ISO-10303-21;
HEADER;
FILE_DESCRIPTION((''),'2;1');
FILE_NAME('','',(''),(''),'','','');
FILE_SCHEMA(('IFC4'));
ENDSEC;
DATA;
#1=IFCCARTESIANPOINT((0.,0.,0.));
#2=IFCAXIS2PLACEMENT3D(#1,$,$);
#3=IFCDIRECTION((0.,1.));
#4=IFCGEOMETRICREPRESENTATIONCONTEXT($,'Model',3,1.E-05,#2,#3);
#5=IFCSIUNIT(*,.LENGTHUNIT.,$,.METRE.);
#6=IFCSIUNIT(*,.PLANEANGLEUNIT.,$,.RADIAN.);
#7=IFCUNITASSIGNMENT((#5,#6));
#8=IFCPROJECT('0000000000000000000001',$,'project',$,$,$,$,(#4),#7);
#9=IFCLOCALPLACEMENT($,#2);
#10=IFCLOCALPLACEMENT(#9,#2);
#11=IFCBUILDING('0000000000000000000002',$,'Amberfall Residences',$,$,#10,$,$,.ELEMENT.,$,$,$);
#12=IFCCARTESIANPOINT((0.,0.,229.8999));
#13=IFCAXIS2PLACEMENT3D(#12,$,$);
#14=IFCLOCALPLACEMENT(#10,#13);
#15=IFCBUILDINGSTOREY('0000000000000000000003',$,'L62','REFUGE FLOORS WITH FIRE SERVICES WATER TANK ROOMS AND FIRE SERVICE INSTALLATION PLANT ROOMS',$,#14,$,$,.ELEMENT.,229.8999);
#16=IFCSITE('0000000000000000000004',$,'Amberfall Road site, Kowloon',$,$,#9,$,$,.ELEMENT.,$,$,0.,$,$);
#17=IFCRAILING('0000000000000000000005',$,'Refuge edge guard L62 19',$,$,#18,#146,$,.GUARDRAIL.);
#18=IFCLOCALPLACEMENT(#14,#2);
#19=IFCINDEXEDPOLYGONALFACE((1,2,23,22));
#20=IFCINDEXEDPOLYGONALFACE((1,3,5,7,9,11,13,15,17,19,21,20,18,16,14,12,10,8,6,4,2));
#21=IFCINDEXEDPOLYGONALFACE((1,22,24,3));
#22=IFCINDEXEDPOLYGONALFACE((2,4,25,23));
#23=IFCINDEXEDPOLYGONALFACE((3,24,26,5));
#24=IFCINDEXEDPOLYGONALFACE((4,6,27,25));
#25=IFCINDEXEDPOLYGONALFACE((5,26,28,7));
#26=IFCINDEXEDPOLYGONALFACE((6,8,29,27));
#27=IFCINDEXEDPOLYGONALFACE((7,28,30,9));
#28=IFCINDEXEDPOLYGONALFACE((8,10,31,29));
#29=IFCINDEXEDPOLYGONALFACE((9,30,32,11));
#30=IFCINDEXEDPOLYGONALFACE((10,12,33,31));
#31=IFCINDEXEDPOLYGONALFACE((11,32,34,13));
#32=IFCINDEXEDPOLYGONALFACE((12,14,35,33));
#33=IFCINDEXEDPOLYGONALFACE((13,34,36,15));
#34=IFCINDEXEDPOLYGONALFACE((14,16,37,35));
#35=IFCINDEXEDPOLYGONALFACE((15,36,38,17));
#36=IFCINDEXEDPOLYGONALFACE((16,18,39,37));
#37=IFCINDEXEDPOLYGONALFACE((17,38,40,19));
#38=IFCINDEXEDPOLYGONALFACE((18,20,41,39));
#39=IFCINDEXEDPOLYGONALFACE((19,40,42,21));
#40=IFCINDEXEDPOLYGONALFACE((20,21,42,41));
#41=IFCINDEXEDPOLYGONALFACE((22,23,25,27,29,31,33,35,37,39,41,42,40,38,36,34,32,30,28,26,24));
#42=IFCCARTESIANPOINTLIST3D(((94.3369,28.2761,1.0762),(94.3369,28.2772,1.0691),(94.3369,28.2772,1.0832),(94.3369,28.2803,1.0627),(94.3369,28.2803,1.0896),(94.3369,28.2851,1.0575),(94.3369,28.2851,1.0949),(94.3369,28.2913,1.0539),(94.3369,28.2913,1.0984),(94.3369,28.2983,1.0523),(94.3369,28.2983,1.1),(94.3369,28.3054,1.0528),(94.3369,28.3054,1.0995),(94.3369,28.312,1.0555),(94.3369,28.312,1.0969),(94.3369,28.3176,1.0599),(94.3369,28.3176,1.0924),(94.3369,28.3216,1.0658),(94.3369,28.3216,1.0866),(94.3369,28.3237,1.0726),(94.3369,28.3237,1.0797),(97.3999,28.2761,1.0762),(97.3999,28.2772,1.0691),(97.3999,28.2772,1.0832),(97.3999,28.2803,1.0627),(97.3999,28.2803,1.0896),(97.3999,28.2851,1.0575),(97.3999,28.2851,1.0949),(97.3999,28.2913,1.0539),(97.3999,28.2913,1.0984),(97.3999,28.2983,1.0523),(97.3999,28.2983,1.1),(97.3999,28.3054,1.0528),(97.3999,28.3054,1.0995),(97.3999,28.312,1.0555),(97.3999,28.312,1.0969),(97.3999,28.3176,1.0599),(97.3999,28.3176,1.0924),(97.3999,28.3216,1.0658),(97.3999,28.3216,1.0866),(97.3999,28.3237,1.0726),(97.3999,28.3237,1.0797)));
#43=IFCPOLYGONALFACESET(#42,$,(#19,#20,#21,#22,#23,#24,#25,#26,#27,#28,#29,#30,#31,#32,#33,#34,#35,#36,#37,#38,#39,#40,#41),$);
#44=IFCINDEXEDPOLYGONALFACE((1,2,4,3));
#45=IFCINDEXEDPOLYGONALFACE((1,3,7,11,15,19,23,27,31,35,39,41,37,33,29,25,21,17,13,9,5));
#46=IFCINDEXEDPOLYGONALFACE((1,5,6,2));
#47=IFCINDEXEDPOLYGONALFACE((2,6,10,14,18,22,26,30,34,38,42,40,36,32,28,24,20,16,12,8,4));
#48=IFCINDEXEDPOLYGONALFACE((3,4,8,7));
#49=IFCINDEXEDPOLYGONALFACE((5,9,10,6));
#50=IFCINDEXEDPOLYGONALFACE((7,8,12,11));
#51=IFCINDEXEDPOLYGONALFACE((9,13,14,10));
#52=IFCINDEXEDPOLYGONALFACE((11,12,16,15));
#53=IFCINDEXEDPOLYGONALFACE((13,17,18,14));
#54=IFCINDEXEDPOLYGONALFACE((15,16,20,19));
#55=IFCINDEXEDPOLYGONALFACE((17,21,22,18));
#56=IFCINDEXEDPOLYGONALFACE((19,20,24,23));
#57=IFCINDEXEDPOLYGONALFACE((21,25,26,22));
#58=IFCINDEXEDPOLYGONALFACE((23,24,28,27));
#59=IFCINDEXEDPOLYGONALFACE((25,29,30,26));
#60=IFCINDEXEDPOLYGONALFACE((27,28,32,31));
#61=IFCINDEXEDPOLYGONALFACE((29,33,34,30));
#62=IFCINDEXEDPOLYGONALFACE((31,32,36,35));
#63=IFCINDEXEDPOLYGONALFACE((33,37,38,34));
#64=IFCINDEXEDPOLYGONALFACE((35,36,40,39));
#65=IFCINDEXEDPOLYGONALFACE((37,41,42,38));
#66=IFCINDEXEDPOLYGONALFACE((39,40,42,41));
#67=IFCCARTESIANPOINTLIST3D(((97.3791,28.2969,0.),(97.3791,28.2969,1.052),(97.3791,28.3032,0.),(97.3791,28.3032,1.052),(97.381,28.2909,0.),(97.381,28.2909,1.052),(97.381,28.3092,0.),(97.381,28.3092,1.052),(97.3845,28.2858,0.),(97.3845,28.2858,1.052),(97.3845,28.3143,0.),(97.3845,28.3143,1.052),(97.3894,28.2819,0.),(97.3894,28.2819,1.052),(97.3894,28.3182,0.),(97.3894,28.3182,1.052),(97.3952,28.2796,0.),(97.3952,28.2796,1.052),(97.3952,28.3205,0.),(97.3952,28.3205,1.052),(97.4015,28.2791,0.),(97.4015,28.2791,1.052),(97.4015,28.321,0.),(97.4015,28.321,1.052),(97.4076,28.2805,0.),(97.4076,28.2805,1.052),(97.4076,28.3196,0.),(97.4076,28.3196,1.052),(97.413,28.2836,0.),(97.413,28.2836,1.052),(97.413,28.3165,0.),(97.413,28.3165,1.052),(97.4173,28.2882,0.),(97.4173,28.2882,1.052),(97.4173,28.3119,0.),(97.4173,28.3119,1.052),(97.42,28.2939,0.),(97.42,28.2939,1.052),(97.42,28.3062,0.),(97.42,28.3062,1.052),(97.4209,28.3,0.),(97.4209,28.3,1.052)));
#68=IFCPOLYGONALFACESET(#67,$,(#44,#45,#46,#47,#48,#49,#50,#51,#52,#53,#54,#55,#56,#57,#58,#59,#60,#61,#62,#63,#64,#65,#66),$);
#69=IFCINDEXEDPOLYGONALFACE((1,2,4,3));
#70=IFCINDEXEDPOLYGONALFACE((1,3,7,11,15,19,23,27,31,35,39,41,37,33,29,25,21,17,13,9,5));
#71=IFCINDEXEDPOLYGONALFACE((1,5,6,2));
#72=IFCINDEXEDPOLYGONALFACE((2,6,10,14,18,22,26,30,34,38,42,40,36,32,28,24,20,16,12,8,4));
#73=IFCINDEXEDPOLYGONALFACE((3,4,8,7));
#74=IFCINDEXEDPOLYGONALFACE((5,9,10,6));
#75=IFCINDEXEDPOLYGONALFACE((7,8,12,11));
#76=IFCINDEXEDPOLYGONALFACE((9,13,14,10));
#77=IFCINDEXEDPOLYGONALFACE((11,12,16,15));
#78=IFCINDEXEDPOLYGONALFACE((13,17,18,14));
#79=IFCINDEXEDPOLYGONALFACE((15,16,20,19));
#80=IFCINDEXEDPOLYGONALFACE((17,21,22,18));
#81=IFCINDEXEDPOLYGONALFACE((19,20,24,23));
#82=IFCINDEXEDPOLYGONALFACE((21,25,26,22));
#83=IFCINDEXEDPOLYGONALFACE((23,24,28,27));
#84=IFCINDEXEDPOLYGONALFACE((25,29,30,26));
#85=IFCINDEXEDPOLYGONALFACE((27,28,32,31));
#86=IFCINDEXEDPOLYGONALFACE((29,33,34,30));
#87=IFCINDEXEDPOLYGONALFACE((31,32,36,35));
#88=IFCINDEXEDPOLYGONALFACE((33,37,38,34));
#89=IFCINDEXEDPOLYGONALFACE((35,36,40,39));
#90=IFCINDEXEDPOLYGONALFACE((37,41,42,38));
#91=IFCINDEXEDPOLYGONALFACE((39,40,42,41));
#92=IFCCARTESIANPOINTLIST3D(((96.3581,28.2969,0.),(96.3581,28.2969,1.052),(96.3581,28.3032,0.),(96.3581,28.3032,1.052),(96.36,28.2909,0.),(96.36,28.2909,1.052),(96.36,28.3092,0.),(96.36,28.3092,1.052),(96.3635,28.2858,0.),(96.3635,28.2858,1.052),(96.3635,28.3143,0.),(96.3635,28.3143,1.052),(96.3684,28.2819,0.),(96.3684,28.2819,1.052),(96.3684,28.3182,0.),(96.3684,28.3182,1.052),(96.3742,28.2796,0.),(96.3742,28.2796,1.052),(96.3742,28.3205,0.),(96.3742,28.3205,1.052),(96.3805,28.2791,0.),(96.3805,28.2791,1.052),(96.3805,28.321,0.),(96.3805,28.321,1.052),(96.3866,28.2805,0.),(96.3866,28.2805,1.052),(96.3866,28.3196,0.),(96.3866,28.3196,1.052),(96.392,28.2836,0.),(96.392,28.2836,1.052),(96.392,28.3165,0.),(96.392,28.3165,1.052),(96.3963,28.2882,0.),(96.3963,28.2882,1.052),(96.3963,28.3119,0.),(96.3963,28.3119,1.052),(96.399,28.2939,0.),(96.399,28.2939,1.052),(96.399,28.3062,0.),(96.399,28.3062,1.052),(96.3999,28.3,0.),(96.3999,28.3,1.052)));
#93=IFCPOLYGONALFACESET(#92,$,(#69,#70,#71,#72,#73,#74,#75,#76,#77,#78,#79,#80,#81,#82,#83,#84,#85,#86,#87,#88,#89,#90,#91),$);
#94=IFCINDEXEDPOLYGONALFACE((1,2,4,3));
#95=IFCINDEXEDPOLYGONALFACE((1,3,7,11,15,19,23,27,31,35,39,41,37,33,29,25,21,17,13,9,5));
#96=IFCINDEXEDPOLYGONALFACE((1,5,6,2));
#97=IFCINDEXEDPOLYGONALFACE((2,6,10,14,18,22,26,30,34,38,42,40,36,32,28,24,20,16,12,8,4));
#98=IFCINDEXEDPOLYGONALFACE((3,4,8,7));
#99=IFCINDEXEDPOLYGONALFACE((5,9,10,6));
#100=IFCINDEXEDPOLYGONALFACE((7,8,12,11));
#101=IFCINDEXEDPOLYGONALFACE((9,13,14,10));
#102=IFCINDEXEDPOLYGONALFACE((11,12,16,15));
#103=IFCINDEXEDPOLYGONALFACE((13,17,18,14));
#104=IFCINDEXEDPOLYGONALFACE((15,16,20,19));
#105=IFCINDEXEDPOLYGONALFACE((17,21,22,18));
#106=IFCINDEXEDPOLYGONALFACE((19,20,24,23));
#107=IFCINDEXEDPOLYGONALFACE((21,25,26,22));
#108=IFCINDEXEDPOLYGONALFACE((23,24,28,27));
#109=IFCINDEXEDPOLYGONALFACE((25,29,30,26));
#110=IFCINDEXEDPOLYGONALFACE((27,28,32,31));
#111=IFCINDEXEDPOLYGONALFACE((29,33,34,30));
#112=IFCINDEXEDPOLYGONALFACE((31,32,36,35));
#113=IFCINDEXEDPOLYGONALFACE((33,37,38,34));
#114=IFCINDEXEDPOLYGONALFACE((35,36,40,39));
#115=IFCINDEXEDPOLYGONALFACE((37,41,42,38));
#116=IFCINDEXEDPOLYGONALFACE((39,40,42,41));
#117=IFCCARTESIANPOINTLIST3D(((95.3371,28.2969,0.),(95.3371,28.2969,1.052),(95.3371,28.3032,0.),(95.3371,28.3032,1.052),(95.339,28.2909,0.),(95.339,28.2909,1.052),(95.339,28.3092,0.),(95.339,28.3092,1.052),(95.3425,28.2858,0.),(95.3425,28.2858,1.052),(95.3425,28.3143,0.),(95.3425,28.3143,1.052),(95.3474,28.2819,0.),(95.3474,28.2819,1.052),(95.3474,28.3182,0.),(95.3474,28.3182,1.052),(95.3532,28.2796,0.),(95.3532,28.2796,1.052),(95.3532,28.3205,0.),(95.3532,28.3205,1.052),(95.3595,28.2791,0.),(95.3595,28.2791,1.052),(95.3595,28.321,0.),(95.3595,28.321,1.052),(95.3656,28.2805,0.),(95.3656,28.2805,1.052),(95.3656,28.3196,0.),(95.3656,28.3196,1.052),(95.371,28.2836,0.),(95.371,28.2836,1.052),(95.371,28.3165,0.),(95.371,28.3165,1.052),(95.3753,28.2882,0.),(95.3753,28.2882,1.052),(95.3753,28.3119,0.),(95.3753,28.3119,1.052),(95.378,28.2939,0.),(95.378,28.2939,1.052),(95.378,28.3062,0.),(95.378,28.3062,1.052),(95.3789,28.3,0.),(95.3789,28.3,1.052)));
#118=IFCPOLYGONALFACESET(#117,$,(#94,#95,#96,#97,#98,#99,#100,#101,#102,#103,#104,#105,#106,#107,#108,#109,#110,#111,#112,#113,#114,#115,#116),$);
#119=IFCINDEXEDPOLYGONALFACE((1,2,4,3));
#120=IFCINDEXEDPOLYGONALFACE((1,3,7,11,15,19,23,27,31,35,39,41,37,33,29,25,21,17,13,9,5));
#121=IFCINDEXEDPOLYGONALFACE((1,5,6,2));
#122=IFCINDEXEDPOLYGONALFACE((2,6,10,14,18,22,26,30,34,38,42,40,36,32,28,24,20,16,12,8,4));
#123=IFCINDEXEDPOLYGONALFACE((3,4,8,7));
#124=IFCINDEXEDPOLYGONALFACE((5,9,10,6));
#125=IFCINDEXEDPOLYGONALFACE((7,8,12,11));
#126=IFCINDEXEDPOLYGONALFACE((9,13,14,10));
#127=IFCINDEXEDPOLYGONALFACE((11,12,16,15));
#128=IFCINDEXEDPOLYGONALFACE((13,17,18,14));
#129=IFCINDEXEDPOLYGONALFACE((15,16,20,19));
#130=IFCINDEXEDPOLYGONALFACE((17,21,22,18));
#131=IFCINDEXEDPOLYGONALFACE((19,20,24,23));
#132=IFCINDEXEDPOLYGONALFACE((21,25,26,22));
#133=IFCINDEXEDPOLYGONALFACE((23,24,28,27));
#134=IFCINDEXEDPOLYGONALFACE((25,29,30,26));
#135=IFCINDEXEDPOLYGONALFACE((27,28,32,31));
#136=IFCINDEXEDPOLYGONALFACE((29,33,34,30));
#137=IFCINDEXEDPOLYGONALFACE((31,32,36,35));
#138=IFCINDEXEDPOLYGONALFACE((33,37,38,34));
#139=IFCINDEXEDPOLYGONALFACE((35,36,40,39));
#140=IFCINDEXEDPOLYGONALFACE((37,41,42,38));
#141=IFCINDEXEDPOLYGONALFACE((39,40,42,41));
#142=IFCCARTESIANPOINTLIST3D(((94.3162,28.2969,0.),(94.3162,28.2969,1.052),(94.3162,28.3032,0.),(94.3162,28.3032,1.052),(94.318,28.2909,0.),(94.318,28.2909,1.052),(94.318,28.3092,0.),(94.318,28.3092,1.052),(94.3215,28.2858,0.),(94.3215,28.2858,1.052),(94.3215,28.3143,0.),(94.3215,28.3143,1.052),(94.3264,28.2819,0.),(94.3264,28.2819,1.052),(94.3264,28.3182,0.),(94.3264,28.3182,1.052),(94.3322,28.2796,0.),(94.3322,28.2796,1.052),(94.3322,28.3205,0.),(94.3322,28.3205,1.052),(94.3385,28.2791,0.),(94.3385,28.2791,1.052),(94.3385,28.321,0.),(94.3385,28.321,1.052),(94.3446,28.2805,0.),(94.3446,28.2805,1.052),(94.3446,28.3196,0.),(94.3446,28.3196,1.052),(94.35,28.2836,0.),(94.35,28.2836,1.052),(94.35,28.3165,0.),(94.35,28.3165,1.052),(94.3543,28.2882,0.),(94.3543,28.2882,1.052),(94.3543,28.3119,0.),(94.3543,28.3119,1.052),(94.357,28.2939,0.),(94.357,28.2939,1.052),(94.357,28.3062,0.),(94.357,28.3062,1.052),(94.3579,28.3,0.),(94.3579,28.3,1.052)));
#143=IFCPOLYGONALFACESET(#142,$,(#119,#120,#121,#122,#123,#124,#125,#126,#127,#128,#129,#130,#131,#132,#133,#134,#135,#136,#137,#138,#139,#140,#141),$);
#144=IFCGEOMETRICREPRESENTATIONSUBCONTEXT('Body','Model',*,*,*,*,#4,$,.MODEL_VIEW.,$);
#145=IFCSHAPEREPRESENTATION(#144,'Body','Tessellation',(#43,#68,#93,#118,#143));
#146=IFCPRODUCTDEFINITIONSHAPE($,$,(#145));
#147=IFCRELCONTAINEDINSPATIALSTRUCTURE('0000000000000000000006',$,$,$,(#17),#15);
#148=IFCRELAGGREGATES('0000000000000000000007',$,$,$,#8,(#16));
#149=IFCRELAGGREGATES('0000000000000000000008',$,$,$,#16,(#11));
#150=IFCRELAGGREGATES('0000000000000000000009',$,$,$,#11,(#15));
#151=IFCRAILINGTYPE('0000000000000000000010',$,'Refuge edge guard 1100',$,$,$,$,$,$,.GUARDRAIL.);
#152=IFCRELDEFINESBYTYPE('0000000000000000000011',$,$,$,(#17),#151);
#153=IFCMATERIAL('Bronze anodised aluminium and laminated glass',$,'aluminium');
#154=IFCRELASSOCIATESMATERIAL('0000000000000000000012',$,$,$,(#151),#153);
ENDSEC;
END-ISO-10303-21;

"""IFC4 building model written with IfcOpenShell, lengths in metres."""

from ifc_helpers import new_model, si_unit, direction, frame, origin, origin_2d, place, context, subcontext, project, spatial, circle, extrude, material, type_object, element, save


model = new_model("IFC4")

# Units and contexts
model_context = context("Model", 3, precision=1e-05, world=origin(), true_north=direction((0.0, 1.0)))
body_context = subcontext(model_context, "Body", "Model", "MODEL_VIEW")
ifc_project = project(units=[si_unit("LENGTHUNIT", "METRE"), si_unit("PLANEANGLEUNIT", "RADIAN")], contexts=[model_context])

# Site, building, storey
site_placement = place(None, origin())
site = spatial("IfcSite", under=ifc_project, at=site_placement, Name="Amberfall Road site, Kowloon", CompositionType="ELEMENT", RefElevation=0.0)
building_placement = place(site_placement, origin())
building = spatial("IfcBuilding", under=site, at=building_placement, Name="Amberfall Residences", CompositionType="ELEMENT")
storey_placement = place(building_placement, frame((0.0, 0.0, 229.8999)))
storey = spatial("IfcBuildingStorey", under=building, at=storey_placement, Name="L62", Description="REFUGE FLOORS WITH FIRE SERVICES WATER TANK ROOMS AND FIRE SERVICE INSTALLATION PLANT ROOMS", CompositionType="ELEMENT", Elevation=229.8999)

# Railing
ifc_material_1 = material(Name="Bronze anodised aluminium and laminated glass", Category="aluminium")
railing_type = type_object("IfcRailingType", Name="Refuge edge guard 1100", PredefinedType="GUARDRAIL", material=ifc_material_1)
railing_1_placement = place(storey_placement, frame((97.3999, 28.3, 0.0)))
element("IfcRailing", 1, at=railing_1_placement, inside=storey, type_object=railing_type, Name="Refuge edge guard L62 19", PredefinedType="GUARDRAIL", context=body_context, shape_type="SweptSolid", body=[
    extrude(circle(Radius=0.0239, at=origin_2d()), frame((0.0, 0.0, 1.0762), z_axis=(-1.0, 0.0, 0.0), x_axis=(0.0, -1.0, 0.0)), (0.0, 0.0, 1.0), 3.063),
    extrude(circle(Radius=0.021, at=origin_2d()), origin(), (0.0, 0.0, 1.0), 1.052),
    extrude(circle(Radius=0.021, at=origin_2d()), frame((-1.021, 0.0, 0.0)), (0.0, 0.0, 1.0), 1.052),
    extrude(circle(Radius=0.021, at=origin_2d()), frame((-2.042, 0.0, 0.0)), (0.0, 0.0, 1.0), 1.052),
    extrude(circle(Radius=0.021, at=origin_2d()), frame((-3.063, 0.0, 0.0)), (0.0, 0.0, 1.0), 1.052),
])

save(model, "model.ifc")
